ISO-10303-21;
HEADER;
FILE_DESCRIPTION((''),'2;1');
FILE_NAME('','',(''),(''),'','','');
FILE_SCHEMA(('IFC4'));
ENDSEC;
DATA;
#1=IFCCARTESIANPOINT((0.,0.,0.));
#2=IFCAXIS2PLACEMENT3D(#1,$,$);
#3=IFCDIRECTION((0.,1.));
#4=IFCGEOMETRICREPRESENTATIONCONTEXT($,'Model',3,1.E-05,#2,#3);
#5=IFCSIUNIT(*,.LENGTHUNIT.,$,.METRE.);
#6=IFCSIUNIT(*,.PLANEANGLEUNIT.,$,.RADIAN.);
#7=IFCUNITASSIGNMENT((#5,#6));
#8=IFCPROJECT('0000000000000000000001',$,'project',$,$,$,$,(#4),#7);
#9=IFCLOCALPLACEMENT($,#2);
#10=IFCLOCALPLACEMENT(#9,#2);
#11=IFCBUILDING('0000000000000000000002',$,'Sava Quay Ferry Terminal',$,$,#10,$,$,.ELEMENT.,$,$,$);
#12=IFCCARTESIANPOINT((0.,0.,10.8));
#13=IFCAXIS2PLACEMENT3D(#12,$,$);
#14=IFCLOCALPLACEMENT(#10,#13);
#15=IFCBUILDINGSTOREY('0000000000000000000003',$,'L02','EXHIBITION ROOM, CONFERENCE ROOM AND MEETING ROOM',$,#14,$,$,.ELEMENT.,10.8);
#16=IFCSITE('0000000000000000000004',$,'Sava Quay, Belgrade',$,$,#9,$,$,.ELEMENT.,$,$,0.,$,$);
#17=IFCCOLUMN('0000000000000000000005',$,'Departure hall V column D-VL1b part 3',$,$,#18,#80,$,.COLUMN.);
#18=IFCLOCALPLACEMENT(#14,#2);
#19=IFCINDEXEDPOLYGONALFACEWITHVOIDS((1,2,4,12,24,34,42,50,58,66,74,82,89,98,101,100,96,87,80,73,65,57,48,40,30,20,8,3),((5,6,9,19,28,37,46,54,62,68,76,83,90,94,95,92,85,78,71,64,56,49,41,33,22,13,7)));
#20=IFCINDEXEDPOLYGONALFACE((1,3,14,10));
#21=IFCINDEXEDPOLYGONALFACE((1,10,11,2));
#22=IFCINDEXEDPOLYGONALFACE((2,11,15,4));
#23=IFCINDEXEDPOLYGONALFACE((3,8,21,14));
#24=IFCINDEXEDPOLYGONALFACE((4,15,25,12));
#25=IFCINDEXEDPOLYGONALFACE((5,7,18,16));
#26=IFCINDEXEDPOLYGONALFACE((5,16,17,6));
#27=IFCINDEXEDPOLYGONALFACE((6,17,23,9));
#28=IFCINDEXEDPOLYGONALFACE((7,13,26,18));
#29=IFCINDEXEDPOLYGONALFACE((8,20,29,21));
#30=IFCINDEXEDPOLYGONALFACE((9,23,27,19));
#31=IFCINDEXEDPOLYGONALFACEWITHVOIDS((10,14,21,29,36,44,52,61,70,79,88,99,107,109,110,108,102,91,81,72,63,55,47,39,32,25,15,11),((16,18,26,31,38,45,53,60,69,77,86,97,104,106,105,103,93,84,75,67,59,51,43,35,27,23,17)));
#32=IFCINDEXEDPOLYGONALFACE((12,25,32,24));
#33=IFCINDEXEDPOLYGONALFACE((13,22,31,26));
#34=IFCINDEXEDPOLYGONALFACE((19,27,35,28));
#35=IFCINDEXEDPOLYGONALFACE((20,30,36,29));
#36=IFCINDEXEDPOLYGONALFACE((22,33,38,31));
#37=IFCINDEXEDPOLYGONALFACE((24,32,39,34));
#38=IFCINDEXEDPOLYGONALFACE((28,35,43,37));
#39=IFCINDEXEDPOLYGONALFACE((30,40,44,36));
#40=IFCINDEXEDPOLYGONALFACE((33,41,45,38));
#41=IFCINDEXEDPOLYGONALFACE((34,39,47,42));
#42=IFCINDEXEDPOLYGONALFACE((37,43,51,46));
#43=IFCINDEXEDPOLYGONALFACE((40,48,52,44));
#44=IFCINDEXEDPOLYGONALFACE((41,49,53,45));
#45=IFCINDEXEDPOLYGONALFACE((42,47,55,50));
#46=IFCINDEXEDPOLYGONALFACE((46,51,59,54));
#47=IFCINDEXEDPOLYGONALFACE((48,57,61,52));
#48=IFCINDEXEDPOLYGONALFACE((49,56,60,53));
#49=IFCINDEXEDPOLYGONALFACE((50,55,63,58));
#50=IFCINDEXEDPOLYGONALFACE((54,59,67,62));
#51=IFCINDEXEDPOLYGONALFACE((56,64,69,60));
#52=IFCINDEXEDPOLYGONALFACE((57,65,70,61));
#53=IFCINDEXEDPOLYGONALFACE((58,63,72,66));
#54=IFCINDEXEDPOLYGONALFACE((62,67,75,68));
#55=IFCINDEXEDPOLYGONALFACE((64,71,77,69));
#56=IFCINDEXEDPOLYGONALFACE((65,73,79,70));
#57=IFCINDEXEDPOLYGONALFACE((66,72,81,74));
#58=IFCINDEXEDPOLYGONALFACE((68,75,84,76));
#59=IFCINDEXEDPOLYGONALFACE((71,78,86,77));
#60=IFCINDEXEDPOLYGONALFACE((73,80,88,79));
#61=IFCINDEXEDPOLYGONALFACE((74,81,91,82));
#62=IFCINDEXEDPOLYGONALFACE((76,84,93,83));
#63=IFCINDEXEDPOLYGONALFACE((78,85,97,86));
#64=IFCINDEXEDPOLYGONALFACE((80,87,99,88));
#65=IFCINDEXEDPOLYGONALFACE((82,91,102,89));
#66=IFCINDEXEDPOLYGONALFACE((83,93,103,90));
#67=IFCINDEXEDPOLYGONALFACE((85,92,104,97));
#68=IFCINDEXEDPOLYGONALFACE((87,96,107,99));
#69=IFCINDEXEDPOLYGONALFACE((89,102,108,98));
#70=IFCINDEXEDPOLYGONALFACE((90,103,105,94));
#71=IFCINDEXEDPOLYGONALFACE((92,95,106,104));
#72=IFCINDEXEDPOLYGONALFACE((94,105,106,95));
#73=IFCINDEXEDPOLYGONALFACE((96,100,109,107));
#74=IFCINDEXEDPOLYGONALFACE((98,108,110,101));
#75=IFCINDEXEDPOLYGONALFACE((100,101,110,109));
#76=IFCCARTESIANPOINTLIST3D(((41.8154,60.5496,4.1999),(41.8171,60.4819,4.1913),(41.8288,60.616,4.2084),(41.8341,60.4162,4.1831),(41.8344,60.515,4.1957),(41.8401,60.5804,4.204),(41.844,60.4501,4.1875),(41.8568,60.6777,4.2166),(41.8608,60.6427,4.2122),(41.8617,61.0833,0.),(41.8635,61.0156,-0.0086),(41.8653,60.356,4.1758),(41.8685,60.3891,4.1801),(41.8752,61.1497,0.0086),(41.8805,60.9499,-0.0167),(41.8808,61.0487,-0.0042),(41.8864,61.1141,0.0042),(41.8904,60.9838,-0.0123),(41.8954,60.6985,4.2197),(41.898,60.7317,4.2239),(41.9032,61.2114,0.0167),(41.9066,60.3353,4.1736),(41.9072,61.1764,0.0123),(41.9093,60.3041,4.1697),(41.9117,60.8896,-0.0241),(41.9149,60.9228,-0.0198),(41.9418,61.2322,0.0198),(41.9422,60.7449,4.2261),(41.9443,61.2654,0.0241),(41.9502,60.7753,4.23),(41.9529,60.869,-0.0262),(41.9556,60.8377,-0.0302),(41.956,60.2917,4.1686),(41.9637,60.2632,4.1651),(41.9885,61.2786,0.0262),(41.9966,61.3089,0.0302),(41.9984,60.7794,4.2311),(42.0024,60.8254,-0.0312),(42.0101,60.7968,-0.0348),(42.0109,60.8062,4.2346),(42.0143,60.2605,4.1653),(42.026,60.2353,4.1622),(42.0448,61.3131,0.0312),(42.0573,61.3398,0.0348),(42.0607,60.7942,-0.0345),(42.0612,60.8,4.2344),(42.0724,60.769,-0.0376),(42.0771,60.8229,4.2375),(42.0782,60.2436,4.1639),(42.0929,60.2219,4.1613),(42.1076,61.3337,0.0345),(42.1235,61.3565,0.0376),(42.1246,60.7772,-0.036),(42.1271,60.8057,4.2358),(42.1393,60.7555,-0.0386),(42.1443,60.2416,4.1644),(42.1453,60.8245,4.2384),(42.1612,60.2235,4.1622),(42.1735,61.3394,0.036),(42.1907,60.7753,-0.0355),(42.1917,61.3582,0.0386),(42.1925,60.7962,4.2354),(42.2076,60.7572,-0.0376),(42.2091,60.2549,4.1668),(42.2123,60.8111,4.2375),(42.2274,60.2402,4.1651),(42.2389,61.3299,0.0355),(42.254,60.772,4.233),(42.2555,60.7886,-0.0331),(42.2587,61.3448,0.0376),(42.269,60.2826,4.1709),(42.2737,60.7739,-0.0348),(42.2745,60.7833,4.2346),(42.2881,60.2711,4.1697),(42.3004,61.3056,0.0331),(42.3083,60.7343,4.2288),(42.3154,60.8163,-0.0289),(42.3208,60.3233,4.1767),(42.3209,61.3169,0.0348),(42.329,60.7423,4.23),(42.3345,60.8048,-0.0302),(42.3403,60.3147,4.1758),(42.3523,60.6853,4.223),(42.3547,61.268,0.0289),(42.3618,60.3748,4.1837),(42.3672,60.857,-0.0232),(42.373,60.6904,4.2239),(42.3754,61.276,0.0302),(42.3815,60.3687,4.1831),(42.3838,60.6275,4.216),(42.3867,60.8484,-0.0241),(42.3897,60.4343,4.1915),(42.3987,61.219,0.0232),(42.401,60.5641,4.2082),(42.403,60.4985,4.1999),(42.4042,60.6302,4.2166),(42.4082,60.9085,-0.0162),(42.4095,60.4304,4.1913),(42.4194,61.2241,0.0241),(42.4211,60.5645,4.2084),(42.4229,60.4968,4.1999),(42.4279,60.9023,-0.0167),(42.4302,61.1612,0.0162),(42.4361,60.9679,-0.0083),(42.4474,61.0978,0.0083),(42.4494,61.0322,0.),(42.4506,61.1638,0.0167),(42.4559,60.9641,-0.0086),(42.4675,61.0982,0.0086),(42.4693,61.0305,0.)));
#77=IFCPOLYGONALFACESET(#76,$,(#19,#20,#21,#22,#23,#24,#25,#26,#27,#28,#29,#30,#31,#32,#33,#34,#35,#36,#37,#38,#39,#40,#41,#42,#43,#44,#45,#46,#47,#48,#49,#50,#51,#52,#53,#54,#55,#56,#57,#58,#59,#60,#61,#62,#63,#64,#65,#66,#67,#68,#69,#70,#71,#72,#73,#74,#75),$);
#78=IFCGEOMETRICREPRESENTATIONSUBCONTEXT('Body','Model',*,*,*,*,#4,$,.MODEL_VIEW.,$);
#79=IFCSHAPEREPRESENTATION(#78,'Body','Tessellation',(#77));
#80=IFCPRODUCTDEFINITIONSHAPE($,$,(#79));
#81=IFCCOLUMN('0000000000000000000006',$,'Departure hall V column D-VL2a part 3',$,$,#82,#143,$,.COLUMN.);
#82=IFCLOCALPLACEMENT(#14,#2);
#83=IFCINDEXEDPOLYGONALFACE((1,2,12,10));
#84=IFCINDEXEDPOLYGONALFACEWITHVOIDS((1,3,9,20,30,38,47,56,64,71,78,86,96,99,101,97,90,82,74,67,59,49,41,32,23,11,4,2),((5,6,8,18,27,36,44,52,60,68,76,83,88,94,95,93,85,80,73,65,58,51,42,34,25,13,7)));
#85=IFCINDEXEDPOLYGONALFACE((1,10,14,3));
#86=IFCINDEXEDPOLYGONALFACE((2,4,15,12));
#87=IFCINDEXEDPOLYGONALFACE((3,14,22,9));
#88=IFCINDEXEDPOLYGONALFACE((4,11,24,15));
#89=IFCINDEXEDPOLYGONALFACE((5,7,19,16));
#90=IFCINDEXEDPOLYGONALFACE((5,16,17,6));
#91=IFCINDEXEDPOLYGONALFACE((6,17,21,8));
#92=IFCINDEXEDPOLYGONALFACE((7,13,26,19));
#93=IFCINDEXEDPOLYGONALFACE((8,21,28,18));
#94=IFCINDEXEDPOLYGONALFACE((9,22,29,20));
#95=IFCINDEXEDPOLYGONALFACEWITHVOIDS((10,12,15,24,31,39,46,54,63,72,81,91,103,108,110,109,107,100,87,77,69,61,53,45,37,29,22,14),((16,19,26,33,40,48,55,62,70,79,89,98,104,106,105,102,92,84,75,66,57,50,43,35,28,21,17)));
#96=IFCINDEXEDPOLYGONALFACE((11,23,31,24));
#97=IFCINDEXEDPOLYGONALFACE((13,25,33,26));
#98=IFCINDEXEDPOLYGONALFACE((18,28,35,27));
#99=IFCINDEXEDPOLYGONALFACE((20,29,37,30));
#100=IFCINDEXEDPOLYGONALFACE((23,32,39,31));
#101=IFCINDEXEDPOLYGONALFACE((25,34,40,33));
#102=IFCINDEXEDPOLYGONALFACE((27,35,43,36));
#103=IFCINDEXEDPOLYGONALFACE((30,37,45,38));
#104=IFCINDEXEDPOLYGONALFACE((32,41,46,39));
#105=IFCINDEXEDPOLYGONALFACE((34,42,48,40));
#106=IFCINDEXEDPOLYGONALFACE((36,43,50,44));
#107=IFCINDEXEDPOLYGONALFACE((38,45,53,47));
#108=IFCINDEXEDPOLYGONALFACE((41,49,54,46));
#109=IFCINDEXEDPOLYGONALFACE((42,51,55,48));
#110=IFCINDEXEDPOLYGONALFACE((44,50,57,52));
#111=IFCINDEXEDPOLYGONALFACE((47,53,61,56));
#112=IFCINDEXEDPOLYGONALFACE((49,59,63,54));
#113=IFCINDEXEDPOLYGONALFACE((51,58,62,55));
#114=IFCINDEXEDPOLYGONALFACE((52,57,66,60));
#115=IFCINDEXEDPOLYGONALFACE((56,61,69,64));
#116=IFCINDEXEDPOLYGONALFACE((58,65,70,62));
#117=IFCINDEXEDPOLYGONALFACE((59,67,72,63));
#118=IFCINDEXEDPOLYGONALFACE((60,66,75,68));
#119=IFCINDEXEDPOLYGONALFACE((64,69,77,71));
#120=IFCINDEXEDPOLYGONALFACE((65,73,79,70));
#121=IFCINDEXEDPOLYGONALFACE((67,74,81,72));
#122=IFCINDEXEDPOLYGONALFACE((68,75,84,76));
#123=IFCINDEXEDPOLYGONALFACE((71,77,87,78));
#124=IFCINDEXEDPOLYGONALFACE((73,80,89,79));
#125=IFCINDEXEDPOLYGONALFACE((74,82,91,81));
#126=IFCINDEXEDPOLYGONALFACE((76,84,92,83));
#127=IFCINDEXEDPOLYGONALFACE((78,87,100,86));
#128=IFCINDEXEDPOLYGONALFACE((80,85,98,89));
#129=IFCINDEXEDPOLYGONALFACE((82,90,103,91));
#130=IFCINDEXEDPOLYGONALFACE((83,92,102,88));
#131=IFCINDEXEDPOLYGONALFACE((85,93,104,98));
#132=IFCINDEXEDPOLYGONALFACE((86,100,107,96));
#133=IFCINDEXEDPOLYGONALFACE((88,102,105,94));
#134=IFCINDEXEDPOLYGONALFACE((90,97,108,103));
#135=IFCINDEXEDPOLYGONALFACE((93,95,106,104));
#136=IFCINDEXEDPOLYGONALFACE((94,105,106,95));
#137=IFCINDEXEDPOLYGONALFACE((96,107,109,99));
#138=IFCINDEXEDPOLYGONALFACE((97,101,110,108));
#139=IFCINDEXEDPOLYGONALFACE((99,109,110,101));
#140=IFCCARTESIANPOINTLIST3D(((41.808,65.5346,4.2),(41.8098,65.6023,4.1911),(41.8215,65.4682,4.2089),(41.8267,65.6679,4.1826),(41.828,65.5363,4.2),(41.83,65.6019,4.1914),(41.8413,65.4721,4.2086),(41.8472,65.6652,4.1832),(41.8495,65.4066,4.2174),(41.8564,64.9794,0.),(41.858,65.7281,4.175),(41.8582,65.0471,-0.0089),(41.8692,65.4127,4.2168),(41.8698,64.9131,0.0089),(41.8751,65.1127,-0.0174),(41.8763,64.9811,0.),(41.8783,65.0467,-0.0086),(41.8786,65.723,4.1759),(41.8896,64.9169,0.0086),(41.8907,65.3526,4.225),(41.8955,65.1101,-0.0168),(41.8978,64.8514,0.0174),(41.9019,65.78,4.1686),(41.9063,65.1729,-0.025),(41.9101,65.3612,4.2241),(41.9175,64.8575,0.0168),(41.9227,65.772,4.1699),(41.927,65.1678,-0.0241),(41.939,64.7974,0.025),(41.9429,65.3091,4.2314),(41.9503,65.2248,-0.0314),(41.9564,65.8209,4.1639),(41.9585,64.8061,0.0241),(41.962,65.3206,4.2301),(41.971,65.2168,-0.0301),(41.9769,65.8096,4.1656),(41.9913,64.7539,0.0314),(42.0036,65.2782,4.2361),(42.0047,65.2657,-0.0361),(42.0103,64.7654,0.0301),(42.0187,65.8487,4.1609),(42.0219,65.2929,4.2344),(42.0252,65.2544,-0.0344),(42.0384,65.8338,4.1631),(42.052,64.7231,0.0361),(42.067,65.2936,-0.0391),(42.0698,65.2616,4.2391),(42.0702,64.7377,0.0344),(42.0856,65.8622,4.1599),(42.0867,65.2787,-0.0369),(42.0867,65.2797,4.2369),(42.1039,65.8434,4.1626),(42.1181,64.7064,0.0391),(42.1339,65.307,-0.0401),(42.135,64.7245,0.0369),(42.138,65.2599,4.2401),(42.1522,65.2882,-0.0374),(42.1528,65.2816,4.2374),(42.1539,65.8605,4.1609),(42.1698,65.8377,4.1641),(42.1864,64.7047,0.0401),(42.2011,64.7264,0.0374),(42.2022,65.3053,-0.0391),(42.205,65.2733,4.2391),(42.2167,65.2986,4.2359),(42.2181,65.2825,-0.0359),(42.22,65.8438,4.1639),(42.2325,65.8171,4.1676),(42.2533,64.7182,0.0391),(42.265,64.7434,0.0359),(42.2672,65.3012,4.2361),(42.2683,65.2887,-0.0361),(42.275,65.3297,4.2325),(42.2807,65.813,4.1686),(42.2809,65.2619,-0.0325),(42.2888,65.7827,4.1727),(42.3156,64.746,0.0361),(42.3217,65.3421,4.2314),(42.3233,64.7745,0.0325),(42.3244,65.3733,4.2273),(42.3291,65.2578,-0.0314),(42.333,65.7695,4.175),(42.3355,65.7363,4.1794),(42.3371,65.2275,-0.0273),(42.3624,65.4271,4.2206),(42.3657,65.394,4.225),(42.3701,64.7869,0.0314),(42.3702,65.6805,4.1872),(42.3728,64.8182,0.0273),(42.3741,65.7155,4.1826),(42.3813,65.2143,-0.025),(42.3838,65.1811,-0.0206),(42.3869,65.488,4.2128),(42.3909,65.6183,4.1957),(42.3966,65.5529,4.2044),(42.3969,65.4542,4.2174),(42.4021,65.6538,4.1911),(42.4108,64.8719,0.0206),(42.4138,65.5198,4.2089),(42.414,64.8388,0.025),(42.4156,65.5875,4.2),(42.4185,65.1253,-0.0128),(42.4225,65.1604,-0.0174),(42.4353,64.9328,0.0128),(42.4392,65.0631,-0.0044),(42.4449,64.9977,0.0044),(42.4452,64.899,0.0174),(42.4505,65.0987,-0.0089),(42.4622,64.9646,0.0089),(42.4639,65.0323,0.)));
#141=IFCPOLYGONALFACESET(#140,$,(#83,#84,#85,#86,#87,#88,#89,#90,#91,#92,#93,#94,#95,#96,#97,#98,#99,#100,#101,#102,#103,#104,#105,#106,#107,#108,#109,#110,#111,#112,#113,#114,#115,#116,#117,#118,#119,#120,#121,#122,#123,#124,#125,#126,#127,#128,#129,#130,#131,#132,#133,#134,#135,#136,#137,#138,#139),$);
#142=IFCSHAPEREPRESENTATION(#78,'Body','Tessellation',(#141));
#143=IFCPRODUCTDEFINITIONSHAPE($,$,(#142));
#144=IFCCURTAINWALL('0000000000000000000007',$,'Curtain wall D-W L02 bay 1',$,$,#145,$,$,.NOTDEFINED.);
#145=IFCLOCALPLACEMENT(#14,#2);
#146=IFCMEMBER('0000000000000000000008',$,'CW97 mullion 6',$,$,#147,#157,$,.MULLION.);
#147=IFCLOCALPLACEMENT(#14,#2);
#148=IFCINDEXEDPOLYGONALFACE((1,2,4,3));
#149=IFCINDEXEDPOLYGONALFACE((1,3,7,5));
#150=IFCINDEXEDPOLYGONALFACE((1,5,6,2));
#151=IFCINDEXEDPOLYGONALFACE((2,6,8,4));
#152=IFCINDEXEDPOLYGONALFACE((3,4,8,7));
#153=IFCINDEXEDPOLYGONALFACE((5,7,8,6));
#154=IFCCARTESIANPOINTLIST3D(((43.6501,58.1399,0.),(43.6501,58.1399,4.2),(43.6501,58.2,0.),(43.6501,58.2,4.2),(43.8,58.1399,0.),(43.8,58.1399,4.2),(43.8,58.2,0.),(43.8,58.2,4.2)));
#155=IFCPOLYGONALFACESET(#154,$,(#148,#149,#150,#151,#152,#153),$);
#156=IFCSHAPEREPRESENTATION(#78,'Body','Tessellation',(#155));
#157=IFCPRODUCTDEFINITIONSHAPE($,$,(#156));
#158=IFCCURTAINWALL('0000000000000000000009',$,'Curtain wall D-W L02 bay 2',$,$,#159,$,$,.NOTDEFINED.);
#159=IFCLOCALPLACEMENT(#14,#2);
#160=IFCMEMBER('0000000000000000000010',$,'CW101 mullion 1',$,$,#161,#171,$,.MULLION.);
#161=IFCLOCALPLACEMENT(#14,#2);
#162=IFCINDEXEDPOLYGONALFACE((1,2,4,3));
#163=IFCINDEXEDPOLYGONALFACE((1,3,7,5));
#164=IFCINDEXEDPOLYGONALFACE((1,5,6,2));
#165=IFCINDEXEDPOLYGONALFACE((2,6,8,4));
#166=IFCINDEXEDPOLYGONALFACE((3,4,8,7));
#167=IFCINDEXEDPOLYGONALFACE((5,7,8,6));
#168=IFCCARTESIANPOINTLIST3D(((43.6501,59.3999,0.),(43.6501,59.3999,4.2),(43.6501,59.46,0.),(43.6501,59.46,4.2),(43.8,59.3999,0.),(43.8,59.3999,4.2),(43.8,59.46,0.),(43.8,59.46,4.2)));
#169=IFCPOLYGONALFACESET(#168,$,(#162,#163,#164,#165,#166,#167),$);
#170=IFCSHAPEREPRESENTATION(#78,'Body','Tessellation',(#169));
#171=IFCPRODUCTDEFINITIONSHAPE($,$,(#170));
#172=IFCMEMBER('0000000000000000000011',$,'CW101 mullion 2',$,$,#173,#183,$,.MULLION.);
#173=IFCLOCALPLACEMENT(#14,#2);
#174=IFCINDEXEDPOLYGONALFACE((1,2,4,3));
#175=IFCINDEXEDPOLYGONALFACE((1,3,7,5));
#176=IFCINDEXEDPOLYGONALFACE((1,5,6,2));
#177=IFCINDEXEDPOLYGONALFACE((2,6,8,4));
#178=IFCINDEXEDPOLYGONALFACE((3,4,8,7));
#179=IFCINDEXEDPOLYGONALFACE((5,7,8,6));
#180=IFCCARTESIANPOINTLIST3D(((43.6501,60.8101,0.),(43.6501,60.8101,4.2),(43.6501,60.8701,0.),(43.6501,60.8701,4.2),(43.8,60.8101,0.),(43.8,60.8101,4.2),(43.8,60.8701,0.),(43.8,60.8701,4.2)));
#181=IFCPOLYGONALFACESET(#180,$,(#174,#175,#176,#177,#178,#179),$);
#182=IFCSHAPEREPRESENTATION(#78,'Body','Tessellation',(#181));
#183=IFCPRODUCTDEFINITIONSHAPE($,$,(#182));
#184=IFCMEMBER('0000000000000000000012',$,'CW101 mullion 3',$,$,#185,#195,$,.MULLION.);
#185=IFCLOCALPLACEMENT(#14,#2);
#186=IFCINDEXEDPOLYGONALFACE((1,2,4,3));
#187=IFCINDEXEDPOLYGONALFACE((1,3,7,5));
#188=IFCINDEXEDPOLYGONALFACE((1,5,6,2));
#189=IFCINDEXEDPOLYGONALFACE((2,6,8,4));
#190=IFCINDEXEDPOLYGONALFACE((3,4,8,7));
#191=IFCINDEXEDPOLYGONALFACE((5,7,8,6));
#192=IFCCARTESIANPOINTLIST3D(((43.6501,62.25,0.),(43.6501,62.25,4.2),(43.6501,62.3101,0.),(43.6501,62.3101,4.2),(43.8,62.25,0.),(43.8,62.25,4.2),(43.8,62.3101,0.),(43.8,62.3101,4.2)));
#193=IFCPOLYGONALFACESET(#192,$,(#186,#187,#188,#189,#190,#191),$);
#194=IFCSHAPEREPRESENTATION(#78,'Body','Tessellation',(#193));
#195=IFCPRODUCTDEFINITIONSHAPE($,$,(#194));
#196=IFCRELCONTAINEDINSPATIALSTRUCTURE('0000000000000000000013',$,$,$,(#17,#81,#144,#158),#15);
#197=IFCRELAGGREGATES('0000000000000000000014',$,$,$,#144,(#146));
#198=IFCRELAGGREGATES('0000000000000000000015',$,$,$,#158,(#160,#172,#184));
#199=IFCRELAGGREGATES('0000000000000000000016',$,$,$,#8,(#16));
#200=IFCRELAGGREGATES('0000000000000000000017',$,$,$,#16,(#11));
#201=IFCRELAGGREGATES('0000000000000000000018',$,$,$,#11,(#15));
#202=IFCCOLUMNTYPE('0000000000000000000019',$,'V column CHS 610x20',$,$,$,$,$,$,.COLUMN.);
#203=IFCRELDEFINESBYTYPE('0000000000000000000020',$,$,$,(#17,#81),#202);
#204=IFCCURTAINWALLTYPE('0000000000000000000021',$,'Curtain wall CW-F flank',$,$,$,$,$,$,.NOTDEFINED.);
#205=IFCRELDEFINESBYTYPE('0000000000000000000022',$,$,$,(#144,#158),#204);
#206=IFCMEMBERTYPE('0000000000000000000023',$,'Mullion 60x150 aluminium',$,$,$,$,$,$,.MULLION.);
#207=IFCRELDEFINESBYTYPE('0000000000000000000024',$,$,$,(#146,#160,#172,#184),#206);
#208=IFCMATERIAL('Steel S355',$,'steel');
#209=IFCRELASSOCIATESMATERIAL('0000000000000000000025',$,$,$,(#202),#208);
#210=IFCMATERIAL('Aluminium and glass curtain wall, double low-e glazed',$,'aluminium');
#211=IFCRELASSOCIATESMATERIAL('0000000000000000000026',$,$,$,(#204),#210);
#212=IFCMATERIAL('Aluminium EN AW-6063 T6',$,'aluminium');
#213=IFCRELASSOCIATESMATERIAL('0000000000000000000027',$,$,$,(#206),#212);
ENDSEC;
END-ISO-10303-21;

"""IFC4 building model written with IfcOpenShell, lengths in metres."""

from ifc_helpers import new_model, si_unit, direction, frame, origin, origin_2d, place, context, subcontext, project, spatial, rectangle, hollow_circle, extrude, material, material_profile, profile_set, type_object, element, aggregate, save


model = new_model("IFC4")

# Units and contexts
model_context = context("Model", 3, precision=1e-05, world=origin(), true_north=direction((0.0, 1.0)))
body_context = subcontext(model_context, "Body", "Model", "MODEL_VIEW")
ifc_project = project(units=[si_unit("LENGTHUNIT", "METRE"), si_unit("PLANEANGLEUNIT", "RADIAN")], contexts=[model_context])

# Site, building, storey
site_placement = place(None, origin())
site = spatial("IfcSite", under=ifc_project, at=site_placement, Name="Sava Quay, Belgrade", CompositionType="ELEMENT", RefElevation=0.0)
building_placement = place(site_placement, origin())
building = spatial("IfcBuilding", under=site, at=building_placement, Name="Sava Quay Ferry Terminal", CompositionType="ELEMENT")
storey_placement = place(building_placement, frame((0.0, 0.0, 10.8)))
storey = spatial("IfcBuildingStorey", under=building, at=storey_placement, Name="L02", Description="EXHIBITION ROOM, CONFERENCE ROOM AND MEETING ROOM", CompositionType="ELEMENT", Elevation=10.8)

# Columns
ifc_material_1 = material(Name="Steel S355", Category="steel")
ifc_material_profile_1 = material_profile(ifc_material_1, hollow_circle(Radius=0.3049, WallThickness=0.02, at=origin_2d()), Name="CHS 610 x 20.0")
ifc_profile_set_1 = profile_set([ifc_material_profile_1], Name="Steel S355")
column_type = type_object("IfcColumnType", Name="V column CHS 610x20", PredefinedType="COLUMN", material=ifc_profile_set_1)
column_1_placement = place(storey_placement, frame((42.1655, 61.0569, 0.0), z_axis=(-0.010956, -0.12605, 0.991963), x_axis=(0.996244, -0.08659, 0.0)))
element("IfcColumn", 1, at=column_1_placement, inside=storey, type_object=column_type, Name="Departure hall V column D-VL1b part 3", PredefinedType="COLUMN", context=body_context, shape_type="SweptSolid", body=[
    extrude(hollow_circle(Radius=0.3049, WallThickness=0.02, at=origin_2d()), origin(), (0.0, 0.0, 1.0), 4.2339),
])
column_2_placement = place(storey_placement, frame((42.1602, 65.0059, 0.0), z_axis=(-0.01141, 0.131038, 0.991312), x_axis=(-0.996231, -0.086743, 0.0)))
element("IfcColumn", 2, at=column_2_placement, inside=storey, type_object=column_type, Name="Departure hall V column D-VL2a part 3", PredefinedType="COLUMN", context=body_context, shape_type="SweptSolid", body=[
    extrude(hollow_circle(Radius=0.3049, WallThickness=0.02, at=origin_2d()), origin(), (0.0, 0.0, 1.0), 4.2368),
])

# Curtain wall, member
ifc_material_2 = material(Name="Aluminium and glass curtain wall, double low-e glazed", Category="aluminium")
curtain_wall_type = type_object("IfcCurtainWallType", Name="Curtain wall CW-F flank", PredefinedType="NOTDEFINED", material=ifc_material_2)
curtain_wall_1_placement = place(storey_placement, origin())
curtain_wall_1 = element("IfcCurtainWall", 3, at=curtain_wall_1_placement, inside=storey, type_object=curtain_wall_type, Name="Curtain wall D-W L02 bay 1", PredefinedType="NOTDEFINED")
ifc_material_3 = material(Name="Aluminium EN AW-6063 T6", Category="aluminium")
ifc_material_profile_2 = material_profile(ifc_material_3, rectangle(XDim=0.1499, YDim=0.0601, at=origin_2d()), Name="Mullion 60x150 aluminium")
ifc_profile_set_2 = profile_set([ifc_material_profile_2], Name="Aluminium EN AW-6063 T6")
member_type_1 = type_object("IfcMemberType", Name="Mullion 60x150 aluminium", PredefinedType="MULLION", material=ifc_profile_set_2)
member_1_placement = place(storey_placement, frame((43.7251, 58.1699, 0.0), z_axis=(0.0, 0.0, 1.0), x_axis=(-1.0, 0.0, 0.0)))
member_1 = element("IfcMember", 4, at=member_1_placement, type_object=member_type_1, Name="CW97 mullion 6", PredefinedType="MULLION", context=body_context, shape_type="SweptSolid", body=[
    extrude(rectangle(XDim=0.1499, YDim=0.0601, at=origin_2d()), origin(), (0.0, 0.0, 1.0), 4.2),
])
aggregate(curtain_wall_1, [member_1])

# Curtain wall, members
curtain_wall_2_placement = place(storey_placement, origin())
curtain_wall_2 = element("IfcCurtainWall", 5, at=curtain_wall_2_placement, inside=storey, type_object=curtain_wall_type, Name="Curtain wall D-W L02 bay 2", PredefinedType="NOTDEFINED")
member_2_placement = place(storey_placement, frame((43.7251, 59.4299, 0.0), z_axis=(0.0, 0.0, 1.0), x_axis=(-1.0, 0.0, 0.0)))
member_2 = element("IfcMember", 6, at=member_2_placement, type_object=member_type_1, Name="CW101 mullion 1", PredefinedType="MULLION", context=body_context, shape_type="SweptSolid", body=[
    extrude(rectangle(XDim=0.1499, YDim=0.0601, at=origin_2d()), origin(), (0.0, 0.0, 1.0), 4.2),
])
member_3_placement = place(storey_placement, frame((43.7251, 60.8401, 0.0), z_axis=(0.0, 0.0, 1.0), x_axis=(-1.0, 0.0, 0.0)))
member_3 = element("IfcMember", 7, at=member_3_placement, type_object=member_type_1, Name="CW101 mullion 2", PredefinedType="MULLION", context=body_context, shape_type="SweptSolid", body=[
    extrude(rectangle(XDim=0.1499, YDim=0.0601, at=origin_2d()), origin(), (0.0, 0.0, 1.0), 4.2),
])
member_4_placement = place(storey_placement, frame((43.7251, 62.28, 0.0), z_axis=(0.0, 0.0, 1.0), x_axis=(-1.0, 0.0, 0.0)))
member_4 = element("IfcMember", 8, at=member_4_placement, type_object=member_type_1, Name="CW101 mullion 3", PredefinedType="MULLION", context=body_context, shape_type="SweptSolid", body=[
    extrude(rectangle(XDim=0.1499, YDim=0.0601, at=origin_2d()), origin(), (0.0, 0.0, 1.0), 4.2),
])
aggregate(curtain_wall_2, [member_2, member_3, member_4])

save(model, "model.ifc")
